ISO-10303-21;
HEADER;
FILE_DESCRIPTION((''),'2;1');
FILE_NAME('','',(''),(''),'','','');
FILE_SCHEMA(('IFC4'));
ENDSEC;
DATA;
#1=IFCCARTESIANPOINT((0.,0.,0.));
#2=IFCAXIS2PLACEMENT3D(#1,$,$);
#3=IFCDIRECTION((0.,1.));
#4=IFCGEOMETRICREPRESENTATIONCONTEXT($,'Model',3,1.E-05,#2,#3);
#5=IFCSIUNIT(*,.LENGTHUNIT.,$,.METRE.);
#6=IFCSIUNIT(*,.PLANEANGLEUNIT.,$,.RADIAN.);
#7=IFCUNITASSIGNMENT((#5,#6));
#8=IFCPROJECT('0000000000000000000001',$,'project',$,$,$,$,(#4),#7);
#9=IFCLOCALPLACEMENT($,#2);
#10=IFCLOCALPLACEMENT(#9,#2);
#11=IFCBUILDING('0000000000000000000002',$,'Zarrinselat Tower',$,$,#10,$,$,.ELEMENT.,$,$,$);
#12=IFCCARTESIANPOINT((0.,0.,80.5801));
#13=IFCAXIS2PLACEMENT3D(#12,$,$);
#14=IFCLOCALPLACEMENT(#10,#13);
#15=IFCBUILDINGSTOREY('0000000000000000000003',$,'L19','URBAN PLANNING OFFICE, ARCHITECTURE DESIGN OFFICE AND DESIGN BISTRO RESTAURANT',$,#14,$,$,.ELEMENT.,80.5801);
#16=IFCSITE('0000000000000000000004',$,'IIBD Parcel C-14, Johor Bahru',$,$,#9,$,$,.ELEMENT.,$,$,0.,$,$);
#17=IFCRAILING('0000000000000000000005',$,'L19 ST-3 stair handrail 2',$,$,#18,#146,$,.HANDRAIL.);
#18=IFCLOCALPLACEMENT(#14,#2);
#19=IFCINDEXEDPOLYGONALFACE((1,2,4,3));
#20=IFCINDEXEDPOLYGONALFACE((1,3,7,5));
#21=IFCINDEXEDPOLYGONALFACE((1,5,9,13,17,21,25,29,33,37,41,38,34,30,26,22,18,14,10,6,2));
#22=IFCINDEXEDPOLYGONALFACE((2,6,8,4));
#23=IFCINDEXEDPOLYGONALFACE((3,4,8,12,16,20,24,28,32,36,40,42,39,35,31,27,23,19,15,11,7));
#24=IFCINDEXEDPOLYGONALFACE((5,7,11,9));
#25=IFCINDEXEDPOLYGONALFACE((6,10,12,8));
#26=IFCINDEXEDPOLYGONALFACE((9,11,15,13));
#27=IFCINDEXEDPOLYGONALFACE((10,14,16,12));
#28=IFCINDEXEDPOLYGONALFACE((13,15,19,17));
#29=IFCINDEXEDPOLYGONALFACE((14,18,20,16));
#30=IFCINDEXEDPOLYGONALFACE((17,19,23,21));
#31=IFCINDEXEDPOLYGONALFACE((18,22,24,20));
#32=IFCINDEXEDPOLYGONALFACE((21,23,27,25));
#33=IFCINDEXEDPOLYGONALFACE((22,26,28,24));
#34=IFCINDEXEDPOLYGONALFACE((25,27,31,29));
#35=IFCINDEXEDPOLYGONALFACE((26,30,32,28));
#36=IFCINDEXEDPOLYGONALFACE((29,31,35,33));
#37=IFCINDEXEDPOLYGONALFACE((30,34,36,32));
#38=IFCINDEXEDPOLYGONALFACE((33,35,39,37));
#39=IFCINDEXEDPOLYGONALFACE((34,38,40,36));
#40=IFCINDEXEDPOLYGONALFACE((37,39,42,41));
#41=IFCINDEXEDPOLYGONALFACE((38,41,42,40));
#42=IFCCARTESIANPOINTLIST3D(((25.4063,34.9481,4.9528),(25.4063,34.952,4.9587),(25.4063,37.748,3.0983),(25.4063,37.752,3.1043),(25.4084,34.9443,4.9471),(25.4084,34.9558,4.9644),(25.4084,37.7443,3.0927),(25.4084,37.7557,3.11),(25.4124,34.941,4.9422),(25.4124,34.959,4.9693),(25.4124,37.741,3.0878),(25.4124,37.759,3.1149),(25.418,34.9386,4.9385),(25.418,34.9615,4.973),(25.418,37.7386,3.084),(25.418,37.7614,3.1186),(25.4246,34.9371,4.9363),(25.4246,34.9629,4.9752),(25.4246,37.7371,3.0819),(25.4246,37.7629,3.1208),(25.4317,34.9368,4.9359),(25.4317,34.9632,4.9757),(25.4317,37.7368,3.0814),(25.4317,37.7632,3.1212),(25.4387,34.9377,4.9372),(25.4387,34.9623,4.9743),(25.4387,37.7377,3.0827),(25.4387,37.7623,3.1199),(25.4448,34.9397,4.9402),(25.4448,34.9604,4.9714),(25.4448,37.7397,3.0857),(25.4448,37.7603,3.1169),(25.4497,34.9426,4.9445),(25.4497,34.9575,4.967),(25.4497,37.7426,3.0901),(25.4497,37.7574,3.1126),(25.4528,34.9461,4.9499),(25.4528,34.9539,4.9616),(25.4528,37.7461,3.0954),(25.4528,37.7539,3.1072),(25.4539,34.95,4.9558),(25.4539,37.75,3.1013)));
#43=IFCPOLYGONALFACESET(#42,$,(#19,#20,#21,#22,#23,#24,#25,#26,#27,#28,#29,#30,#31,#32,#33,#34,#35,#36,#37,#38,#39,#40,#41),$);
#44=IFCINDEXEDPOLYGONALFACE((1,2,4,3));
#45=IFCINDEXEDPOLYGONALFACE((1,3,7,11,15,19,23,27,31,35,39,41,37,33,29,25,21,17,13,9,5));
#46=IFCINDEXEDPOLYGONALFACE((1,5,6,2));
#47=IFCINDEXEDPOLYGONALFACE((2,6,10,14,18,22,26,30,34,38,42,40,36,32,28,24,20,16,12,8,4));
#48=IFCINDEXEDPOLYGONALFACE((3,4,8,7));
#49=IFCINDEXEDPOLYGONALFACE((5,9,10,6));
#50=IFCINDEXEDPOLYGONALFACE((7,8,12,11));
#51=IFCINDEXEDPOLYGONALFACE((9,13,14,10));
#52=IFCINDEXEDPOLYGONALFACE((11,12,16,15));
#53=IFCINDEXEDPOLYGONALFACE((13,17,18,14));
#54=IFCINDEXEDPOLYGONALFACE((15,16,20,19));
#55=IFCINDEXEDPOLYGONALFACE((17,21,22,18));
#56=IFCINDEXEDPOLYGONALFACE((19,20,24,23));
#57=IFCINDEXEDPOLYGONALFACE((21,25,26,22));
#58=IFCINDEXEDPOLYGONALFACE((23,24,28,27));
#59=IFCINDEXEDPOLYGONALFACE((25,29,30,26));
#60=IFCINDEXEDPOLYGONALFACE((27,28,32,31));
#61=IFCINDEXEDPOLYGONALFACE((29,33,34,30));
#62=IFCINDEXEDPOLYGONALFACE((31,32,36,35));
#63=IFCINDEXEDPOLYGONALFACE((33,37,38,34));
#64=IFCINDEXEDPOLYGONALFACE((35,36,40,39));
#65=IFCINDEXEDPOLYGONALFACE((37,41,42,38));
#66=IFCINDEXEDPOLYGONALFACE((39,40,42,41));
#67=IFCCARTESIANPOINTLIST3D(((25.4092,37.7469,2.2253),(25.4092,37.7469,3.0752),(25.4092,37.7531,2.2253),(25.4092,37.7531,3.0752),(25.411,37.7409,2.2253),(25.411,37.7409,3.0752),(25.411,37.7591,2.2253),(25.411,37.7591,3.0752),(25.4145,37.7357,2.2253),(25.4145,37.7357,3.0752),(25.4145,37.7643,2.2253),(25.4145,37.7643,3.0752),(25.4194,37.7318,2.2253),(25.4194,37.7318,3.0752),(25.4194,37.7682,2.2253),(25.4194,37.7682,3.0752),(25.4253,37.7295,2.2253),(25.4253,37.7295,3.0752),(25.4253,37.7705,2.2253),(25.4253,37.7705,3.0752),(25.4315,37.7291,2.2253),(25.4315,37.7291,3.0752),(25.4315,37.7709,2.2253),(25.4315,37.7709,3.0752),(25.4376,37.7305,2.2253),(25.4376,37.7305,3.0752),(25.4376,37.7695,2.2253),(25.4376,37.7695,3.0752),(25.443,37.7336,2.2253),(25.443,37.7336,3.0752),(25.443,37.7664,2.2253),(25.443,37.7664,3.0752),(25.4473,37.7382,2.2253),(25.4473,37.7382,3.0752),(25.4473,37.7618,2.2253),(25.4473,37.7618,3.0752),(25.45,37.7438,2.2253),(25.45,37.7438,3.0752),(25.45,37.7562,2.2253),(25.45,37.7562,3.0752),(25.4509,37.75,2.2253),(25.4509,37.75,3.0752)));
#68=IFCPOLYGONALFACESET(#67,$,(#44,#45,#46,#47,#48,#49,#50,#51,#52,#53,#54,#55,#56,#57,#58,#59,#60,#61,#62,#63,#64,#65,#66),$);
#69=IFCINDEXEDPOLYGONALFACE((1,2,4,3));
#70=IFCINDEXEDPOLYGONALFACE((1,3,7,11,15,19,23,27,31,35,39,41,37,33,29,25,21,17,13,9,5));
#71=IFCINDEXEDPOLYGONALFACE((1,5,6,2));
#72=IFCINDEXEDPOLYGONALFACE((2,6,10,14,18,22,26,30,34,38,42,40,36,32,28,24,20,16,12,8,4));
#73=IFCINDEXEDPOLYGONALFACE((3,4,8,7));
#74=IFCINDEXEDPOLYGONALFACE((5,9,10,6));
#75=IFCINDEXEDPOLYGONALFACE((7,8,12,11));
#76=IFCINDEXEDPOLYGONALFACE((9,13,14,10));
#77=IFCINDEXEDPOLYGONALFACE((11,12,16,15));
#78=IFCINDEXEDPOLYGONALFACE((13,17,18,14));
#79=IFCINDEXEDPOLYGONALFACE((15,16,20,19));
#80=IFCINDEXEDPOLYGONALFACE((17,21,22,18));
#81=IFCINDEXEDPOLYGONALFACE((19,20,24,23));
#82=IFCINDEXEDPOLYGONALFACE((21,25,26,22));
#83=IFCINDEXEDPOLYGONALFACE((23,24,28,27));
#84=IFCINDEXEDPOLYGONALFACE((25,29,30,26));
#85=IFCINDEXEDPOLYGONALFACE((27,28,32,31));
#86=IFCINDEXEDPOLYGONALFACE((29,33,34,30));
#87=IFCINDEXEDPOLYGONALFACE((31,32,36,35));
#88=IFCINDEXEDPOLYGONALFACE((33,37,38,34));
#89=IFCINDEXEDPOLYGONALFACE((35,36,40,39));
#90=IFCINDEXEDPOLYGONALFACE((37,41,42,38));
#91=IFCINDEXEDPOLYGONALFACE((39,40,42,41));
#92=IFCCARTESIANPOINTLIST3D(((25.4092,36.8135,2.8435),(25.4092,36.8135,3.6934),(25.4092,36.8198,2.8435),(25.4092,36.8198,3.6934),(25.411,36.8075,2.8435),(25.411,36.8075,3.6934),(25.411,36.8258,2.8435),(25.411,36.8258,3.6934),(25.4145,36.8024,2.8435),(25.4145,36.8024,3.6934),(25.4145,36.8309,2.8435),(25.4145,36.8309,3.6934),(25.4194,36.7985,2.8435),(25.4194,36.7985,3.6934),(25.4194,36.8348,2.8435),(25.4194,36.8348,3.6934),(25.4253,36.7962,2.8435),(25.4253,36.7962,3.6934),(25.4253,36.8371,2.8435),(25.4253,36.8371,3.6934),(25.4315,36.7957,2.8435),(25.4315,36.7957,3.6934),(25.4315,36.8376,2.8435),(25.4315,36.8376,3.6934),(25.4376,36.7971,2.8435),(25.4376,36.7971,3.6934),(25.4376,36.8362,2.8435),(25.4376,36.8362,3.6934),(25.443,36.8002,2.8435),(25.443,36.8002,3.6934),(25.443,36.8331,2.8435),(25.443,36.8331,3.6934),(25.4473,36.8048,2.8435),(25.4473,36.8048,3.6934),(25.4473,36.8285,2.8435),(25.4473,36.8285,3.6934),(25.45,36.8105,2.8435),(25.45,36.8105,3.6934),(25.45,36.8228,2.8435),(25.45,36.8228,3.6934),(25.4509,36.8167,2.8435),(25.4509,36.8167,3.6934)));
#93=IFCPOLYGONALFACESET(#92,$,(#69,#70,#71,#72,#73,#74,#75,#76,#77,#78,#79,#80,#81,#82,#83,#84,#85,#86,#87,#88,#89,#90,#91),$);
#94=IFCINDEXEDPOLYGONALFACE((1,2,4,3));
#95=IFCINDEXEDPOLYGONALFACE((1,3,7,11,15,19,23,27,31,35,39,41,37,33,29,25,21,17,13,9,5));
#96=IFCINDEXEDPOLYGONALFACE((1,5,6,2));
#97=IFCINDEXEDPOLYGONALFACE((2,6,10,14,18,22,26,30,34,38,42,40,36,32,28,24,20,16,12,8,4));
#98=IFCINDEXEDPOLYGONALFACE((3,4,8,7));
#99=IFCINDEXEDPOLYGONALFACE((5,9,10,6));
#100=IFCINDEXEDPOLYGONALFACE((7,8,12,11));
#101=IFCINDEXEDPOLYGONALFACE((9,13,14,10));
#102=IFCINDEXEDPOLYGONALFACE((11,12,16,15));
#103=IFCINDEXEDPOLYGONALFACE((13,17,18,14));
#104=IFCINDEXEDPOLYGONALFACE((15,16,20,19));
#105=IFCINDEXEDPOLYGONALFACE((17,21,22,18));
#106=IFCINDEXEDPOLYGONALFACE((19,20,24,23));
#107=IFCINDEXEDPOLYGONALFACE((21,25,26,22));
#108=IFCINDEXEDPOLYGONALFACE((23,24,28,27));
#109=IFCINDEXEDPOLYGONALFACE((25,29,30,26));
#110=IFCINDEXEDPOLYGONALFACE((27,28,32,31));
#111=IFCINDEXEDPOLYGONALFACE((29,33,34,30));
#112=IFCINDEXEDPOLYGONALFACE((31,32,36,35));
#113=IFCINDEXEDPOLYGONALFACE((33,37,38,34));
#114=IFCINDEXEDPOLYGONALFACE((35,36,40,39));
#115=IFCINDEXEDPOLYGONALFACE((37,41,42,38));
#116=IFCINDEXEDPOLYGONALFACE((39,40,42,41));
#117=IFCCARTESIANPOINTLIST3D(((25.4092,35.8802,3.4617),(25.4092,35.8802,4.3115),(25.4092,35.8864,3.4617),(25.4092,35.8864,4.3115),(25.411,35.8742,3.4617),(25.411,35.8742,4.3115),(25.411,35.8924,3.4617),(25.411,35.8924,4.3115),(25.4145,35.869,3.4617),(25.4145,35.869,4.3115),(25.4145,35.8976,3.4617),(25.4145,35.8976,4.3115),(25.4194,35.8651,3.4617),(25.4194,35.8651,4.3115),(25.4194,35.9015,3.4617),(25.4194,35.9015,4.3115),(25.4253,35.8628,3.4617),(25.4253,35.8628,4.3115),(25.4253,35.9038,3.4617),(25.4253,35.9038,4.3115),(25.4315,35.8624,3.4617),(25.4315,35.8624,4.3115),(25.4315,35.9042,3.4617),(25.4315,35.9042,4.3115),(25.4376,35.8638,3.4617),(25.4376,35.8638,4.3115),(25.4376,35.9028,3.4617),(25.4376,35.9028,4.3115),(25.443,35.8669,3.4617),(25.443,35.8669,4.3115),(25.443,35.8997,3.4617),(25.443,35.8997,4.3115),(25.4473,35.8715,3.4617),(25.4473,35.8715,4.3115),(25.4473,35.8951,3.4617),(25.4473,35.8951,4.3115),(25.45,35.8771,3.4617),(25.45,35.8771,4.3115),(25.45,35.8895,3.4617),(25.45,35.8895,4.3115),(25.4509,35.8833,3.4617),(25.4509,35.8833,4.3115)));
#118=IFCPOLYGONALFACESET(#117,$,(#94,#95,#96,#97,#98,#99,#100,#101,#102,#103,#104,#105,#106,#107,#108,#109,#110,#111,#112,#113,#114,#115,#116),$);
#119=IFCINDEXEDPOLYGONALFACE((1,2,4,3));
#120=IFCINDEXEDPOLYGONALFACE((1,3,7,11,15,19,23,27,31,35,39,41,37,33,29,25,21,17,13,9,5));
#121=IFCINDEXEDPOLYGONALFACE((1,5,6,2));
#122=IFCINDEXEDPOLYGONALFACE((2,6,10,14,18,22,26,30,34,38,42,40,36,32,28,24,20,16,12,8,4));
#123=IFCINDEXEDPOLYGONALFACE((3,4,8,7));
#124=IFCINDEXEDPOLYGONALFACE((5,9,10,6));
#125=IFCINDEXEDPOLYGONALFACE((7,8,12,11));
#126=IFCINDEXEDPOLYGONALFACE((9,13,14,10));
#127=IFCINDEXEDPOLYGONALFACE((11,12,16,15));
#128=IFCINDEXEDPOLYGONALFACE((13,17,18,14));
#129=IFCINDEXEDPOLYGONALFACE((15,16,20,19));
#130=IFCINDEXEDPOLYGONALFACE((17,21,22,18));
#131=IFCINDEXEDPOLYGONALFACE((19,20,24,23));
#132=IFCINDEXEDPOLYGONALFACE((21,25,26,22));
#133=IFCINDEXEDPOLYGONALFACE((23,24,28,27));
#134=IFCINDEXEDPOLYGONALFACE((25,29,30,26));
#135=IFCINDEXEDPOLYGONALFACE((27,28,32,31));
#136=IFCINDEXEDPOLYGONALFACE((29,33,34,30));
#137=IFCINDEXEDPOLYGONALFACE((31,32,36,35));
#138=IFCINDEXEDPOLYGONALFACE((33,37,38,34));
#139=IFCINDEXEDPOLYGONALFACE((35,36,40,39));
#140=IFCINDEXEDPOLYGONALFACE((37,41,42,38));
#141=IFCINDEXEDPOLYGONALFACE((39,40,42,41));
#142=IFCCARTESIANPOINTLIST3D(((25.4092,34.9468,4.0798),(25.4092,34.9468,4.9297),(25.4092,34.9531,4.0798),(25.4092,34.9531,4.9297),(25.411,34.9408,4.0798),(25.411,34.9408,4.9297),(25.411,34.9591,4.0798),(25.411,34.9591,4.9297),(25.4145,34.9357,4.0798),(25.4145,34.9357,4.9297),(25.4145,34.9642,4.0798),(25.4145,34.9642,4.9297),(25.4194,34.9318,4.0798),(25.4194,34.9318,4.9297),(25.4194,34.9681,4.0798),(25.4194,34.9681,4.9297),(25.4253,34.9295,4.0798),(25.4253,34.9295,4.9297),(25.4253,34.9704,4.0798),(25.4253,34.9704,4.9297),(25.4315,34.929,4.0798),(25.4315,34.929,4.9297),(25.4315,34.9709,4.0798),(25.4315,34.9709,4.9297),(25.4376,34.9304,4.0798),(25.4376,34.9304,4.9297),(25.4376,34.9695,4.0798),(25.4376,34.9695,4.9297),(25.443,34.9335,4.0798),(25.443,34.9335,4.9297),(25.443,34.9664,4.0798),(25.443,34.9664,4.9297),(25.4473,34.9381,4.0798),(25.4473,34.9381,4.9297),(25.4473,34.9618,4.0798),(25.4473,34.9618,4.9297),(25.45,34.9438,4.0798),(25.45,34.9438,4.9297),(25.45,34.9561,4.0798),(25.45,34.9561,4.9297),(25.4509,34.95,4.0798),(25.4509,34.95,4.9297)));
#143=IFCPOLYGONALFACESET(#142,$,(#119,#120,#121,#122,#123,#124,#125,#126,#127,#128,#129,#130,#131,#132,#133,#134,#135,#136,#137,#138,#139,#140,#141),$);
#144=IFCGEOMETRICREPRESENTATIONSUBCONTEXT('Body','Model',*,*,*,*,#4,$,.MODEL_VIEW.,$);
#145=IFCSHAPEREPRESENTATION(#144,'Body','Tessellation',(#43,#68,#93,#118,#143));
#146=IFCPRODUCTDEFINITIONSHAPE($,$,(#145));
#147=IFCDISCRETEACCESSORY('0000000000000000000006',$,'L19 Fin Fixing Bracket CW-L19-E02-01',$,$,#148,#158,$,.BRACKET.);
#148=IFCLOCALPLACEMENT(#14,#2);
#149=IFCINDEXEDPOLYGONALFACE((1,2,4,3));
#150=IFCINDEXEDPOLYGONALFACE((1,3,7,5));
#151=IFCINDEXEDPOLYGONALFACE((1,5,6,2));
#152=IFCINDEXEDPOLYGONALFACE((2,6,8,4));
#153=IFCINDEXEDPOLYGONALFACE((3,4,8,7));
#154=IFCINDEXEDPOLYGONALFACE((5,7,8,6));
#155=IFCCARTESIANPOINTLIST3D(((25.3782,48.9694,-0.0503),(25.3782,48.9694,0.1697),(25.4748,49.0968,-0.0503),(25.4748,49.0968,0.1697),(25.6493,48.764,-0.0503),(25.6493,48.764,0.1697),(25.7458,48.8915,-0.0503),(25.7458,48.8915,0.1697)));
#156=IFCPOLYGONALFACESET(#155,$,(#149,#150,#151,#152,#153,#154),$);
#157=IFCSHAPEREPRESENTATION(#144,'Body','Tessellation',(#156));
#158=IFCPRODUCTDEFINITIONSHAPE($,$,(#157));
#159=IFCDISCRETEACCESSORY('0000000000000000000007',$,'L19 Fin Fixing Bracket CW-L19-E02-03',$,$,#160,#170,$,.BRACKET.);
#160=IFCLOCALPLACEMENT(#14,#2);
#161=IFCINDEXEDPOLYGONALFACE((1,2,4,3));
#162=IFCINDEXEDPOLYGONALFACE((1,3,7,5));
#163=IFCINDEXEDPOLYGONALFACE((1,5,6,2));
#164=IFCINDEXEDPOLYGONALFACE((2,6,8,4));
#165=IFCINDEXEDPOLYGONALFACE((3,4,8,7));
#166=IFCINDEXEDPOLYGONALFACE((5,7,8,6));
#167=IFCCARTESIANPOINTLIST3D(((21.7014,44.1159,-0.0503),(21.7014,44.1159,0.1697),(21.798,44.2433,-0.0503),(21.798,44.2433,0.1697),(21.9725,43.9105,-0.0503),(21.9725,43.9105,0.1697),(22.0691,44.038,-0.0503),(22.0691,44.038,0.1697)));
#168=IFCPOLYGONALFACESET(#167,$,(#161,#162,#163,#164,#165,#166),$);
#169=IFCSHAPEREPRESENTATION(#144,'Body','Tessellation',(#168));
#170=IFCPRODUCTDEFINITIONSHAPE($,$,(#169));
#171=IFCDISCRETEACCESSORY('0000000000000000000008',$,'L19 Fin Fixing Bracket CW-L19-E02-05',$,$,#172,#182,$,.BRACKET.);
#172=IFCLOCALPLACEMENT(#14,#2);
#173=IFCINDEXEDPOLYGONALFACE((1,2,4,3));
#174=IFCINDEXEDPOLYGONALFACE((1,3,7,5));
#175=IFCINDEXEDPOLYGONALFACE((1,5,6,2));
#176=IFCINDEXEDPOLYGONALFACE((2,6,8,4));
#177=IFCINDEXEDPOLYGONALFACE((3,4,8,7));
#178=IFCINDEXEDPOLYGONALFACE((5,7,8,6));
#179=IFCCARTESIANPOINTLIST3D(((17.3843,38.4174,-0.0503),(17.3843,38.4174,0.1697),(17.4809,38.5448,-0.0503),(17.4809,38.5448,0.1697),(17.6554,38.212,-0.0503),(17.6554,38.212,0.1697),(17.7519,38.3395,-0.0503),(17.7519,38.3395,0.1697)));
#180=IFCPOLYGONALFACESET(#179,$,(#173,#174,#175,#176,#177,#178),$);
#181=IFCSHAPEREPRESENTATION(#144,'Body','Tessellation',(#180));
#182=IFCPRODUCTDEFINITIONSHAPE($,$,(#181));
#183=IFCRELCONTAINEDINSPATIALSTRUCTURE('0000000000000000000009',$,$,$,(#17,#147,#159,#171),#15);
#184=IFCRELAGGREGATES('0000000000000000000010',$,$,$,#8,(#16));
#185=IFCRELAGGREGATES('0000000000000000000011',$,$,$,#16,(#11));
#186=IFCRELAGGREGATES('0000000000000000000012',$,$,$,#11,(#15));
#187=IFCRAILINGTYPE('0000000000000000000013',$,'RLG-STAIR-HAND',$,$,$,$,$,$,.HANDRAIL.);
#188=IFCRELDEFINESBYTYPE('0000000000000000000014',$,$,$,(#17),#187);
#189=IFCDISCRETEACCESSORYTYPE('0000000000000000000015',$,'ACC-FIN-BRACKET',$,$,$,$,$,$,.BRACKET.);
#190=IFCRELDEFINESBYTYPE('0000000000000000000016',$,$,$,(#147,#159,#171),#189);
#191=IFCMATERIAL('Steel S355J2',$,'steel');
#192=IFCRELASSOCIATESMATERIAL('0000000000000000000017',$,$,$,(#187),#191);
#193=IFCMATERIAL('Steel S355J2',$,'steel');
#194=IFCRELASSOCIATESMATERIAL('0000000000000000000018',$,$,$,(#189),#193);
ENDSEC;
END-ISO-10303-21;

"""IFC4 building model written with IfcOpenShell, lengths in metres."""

from ifc_helpers import new_model, si_unit, direction, frame, origin, origin_2d, place, context, subcontext, project, spatial, rectangle, circle, extrude, material, type_object, element, save


model = new_model("IFC4")

# Units and contexts
model_context = context("Model", 3, precision=1e-05, world=origin(), true_north=direction((0.0, 1.0)))
body_context = subcontext(model_context, "Body", "Model", "MODEL_VIEW")
ifc_project = project(units=[si_unit("LENGTHUNIT", "METRE"), si_unit("PLANEANGLEUNIT", "RADIAN")], contexts=[model_context])

# Site, building, storey
site_placement = place(None, origin())
site = spatial("IfcSite", under=ifc_project, at=site_placement, Name="IIBD Parcel C-14, Johor Bahru", CompositionType="ELEMENT", RefElevation=0.0)
building_placement = place(site_placement, origin())
building = spatial("IfcBuilding", under=site, at=building_placement, Name="Zarrinselat Tower", CompositionType="ELEMENT")
storey_placement = place(building_placement, frame((0.0, 0.0, 80.5801)))
storey = spatial("IfcBuildingStorey", under=building, at=storey_placement, Name="L19", Description="URBAN PLANNING OFFICE, ARCHITECTURE DESIGN OFFICE AND DESIGN BISTRO RESTAURANT", CompositionType="ELEMENT", Elevation=80.5801)

# Railing
ifc_material_1 = material(Name="Steel S355J2", Category="steel")
railing_type_1 = type_object("IfcRailingType", Name="RLG-STAIR-HAND", PredefinedType="HANDRAIL", material=ifc_material_1)
railing_1_placement = place(storey_placement, frame((25.4299, 37.75, 2.2253)))
element("IfcRailing", 1, at=railing_1_placement, inside=storey, type_object=railing_type_1, Name="L19 ST-3 stair handrail 2", PredefinedType="HANDRAIL", context=body_context, shape_type="SweptSolid", body=[
    extrude(circle(Radius=0.0239, at=origin_2d()), frame((0.0, 0.0, 0.876), z_axis=(0.0, -0.833724, 0.552181), x_axis=(1.0, 0.0, 0.0)), (0.0, 0.0, 1.0), 3.3584),
    extrude(circle(Radius=0.021, at=origin_2d()), origin(), (0.0, 0.0, 1.0), 0.8499),
    extrude(circle(Radius=0.021, at=origin_2d()), frame((0.0, -0.9333, 0.6182)), (0.0, 0.0, 1.0), 0.8499),
    extrude(circle(Radius=0.021, at=origin_2d()), frame((0.0, -1.8667, 1.2363)), (0.0, 0.0, 1.0), 0.8499),
    extrude(circle(Radius=0.021, at=origin_2d()), frame((0.0, -2.8, 1.8545)), (0.0, 0.0, 1.0), 0.8499),
])

# Discrete accessories
ifc_material_2 = material(Name="Steel S355J2", Category="steel")
discrete_accessory_type = type_object("IfcDiscreteAccessoryType", Name="ACC-FIN-BRACKET", PredefinedType="BRACKET", material=ifc_material_2)
for number, where, z_axis, x_axis, name in (
    (2, (25.562, 48.9304, -0.0503), (0.0, 0.0, 1.0), (-0.797093, 0.603857, 0.0), "L19 Fin Fixing Bracket CW-L19-E02-01"),
    (3, (21.8853, 44.0769, -0.0503), (0.0, 0.0, 1.0), (-0.797093, 0.603857, 0.0), "L19 Fin Fixing Bracket CW-L19-E02-03"),
    (4, (17.5681, 38.3784, -0.0503), (0.0, 0.0, 1.0), (-0.797093, 0.603857, 0.0), "L19 Fin Fixing Bracket CW-L19-E02-05"),
):
    element("IfcDiscreteAccessory", number, at=place(storey_placement, frame(where, z_axis=z_axis, x_axis=x_axis)), inside=storey, type_object=discrete_accessory_type, Name=name, PredefinedType="BRACKET", context=body_context, shape_type="SweptSolid", body=[
        extrude(rectangle(XDim=0.3401, YDim=0.1599, at=origin_2d()), origin(), (0.0, 0.0, 1.0), 0.22),
    ])

save(model, "model.ifc")
